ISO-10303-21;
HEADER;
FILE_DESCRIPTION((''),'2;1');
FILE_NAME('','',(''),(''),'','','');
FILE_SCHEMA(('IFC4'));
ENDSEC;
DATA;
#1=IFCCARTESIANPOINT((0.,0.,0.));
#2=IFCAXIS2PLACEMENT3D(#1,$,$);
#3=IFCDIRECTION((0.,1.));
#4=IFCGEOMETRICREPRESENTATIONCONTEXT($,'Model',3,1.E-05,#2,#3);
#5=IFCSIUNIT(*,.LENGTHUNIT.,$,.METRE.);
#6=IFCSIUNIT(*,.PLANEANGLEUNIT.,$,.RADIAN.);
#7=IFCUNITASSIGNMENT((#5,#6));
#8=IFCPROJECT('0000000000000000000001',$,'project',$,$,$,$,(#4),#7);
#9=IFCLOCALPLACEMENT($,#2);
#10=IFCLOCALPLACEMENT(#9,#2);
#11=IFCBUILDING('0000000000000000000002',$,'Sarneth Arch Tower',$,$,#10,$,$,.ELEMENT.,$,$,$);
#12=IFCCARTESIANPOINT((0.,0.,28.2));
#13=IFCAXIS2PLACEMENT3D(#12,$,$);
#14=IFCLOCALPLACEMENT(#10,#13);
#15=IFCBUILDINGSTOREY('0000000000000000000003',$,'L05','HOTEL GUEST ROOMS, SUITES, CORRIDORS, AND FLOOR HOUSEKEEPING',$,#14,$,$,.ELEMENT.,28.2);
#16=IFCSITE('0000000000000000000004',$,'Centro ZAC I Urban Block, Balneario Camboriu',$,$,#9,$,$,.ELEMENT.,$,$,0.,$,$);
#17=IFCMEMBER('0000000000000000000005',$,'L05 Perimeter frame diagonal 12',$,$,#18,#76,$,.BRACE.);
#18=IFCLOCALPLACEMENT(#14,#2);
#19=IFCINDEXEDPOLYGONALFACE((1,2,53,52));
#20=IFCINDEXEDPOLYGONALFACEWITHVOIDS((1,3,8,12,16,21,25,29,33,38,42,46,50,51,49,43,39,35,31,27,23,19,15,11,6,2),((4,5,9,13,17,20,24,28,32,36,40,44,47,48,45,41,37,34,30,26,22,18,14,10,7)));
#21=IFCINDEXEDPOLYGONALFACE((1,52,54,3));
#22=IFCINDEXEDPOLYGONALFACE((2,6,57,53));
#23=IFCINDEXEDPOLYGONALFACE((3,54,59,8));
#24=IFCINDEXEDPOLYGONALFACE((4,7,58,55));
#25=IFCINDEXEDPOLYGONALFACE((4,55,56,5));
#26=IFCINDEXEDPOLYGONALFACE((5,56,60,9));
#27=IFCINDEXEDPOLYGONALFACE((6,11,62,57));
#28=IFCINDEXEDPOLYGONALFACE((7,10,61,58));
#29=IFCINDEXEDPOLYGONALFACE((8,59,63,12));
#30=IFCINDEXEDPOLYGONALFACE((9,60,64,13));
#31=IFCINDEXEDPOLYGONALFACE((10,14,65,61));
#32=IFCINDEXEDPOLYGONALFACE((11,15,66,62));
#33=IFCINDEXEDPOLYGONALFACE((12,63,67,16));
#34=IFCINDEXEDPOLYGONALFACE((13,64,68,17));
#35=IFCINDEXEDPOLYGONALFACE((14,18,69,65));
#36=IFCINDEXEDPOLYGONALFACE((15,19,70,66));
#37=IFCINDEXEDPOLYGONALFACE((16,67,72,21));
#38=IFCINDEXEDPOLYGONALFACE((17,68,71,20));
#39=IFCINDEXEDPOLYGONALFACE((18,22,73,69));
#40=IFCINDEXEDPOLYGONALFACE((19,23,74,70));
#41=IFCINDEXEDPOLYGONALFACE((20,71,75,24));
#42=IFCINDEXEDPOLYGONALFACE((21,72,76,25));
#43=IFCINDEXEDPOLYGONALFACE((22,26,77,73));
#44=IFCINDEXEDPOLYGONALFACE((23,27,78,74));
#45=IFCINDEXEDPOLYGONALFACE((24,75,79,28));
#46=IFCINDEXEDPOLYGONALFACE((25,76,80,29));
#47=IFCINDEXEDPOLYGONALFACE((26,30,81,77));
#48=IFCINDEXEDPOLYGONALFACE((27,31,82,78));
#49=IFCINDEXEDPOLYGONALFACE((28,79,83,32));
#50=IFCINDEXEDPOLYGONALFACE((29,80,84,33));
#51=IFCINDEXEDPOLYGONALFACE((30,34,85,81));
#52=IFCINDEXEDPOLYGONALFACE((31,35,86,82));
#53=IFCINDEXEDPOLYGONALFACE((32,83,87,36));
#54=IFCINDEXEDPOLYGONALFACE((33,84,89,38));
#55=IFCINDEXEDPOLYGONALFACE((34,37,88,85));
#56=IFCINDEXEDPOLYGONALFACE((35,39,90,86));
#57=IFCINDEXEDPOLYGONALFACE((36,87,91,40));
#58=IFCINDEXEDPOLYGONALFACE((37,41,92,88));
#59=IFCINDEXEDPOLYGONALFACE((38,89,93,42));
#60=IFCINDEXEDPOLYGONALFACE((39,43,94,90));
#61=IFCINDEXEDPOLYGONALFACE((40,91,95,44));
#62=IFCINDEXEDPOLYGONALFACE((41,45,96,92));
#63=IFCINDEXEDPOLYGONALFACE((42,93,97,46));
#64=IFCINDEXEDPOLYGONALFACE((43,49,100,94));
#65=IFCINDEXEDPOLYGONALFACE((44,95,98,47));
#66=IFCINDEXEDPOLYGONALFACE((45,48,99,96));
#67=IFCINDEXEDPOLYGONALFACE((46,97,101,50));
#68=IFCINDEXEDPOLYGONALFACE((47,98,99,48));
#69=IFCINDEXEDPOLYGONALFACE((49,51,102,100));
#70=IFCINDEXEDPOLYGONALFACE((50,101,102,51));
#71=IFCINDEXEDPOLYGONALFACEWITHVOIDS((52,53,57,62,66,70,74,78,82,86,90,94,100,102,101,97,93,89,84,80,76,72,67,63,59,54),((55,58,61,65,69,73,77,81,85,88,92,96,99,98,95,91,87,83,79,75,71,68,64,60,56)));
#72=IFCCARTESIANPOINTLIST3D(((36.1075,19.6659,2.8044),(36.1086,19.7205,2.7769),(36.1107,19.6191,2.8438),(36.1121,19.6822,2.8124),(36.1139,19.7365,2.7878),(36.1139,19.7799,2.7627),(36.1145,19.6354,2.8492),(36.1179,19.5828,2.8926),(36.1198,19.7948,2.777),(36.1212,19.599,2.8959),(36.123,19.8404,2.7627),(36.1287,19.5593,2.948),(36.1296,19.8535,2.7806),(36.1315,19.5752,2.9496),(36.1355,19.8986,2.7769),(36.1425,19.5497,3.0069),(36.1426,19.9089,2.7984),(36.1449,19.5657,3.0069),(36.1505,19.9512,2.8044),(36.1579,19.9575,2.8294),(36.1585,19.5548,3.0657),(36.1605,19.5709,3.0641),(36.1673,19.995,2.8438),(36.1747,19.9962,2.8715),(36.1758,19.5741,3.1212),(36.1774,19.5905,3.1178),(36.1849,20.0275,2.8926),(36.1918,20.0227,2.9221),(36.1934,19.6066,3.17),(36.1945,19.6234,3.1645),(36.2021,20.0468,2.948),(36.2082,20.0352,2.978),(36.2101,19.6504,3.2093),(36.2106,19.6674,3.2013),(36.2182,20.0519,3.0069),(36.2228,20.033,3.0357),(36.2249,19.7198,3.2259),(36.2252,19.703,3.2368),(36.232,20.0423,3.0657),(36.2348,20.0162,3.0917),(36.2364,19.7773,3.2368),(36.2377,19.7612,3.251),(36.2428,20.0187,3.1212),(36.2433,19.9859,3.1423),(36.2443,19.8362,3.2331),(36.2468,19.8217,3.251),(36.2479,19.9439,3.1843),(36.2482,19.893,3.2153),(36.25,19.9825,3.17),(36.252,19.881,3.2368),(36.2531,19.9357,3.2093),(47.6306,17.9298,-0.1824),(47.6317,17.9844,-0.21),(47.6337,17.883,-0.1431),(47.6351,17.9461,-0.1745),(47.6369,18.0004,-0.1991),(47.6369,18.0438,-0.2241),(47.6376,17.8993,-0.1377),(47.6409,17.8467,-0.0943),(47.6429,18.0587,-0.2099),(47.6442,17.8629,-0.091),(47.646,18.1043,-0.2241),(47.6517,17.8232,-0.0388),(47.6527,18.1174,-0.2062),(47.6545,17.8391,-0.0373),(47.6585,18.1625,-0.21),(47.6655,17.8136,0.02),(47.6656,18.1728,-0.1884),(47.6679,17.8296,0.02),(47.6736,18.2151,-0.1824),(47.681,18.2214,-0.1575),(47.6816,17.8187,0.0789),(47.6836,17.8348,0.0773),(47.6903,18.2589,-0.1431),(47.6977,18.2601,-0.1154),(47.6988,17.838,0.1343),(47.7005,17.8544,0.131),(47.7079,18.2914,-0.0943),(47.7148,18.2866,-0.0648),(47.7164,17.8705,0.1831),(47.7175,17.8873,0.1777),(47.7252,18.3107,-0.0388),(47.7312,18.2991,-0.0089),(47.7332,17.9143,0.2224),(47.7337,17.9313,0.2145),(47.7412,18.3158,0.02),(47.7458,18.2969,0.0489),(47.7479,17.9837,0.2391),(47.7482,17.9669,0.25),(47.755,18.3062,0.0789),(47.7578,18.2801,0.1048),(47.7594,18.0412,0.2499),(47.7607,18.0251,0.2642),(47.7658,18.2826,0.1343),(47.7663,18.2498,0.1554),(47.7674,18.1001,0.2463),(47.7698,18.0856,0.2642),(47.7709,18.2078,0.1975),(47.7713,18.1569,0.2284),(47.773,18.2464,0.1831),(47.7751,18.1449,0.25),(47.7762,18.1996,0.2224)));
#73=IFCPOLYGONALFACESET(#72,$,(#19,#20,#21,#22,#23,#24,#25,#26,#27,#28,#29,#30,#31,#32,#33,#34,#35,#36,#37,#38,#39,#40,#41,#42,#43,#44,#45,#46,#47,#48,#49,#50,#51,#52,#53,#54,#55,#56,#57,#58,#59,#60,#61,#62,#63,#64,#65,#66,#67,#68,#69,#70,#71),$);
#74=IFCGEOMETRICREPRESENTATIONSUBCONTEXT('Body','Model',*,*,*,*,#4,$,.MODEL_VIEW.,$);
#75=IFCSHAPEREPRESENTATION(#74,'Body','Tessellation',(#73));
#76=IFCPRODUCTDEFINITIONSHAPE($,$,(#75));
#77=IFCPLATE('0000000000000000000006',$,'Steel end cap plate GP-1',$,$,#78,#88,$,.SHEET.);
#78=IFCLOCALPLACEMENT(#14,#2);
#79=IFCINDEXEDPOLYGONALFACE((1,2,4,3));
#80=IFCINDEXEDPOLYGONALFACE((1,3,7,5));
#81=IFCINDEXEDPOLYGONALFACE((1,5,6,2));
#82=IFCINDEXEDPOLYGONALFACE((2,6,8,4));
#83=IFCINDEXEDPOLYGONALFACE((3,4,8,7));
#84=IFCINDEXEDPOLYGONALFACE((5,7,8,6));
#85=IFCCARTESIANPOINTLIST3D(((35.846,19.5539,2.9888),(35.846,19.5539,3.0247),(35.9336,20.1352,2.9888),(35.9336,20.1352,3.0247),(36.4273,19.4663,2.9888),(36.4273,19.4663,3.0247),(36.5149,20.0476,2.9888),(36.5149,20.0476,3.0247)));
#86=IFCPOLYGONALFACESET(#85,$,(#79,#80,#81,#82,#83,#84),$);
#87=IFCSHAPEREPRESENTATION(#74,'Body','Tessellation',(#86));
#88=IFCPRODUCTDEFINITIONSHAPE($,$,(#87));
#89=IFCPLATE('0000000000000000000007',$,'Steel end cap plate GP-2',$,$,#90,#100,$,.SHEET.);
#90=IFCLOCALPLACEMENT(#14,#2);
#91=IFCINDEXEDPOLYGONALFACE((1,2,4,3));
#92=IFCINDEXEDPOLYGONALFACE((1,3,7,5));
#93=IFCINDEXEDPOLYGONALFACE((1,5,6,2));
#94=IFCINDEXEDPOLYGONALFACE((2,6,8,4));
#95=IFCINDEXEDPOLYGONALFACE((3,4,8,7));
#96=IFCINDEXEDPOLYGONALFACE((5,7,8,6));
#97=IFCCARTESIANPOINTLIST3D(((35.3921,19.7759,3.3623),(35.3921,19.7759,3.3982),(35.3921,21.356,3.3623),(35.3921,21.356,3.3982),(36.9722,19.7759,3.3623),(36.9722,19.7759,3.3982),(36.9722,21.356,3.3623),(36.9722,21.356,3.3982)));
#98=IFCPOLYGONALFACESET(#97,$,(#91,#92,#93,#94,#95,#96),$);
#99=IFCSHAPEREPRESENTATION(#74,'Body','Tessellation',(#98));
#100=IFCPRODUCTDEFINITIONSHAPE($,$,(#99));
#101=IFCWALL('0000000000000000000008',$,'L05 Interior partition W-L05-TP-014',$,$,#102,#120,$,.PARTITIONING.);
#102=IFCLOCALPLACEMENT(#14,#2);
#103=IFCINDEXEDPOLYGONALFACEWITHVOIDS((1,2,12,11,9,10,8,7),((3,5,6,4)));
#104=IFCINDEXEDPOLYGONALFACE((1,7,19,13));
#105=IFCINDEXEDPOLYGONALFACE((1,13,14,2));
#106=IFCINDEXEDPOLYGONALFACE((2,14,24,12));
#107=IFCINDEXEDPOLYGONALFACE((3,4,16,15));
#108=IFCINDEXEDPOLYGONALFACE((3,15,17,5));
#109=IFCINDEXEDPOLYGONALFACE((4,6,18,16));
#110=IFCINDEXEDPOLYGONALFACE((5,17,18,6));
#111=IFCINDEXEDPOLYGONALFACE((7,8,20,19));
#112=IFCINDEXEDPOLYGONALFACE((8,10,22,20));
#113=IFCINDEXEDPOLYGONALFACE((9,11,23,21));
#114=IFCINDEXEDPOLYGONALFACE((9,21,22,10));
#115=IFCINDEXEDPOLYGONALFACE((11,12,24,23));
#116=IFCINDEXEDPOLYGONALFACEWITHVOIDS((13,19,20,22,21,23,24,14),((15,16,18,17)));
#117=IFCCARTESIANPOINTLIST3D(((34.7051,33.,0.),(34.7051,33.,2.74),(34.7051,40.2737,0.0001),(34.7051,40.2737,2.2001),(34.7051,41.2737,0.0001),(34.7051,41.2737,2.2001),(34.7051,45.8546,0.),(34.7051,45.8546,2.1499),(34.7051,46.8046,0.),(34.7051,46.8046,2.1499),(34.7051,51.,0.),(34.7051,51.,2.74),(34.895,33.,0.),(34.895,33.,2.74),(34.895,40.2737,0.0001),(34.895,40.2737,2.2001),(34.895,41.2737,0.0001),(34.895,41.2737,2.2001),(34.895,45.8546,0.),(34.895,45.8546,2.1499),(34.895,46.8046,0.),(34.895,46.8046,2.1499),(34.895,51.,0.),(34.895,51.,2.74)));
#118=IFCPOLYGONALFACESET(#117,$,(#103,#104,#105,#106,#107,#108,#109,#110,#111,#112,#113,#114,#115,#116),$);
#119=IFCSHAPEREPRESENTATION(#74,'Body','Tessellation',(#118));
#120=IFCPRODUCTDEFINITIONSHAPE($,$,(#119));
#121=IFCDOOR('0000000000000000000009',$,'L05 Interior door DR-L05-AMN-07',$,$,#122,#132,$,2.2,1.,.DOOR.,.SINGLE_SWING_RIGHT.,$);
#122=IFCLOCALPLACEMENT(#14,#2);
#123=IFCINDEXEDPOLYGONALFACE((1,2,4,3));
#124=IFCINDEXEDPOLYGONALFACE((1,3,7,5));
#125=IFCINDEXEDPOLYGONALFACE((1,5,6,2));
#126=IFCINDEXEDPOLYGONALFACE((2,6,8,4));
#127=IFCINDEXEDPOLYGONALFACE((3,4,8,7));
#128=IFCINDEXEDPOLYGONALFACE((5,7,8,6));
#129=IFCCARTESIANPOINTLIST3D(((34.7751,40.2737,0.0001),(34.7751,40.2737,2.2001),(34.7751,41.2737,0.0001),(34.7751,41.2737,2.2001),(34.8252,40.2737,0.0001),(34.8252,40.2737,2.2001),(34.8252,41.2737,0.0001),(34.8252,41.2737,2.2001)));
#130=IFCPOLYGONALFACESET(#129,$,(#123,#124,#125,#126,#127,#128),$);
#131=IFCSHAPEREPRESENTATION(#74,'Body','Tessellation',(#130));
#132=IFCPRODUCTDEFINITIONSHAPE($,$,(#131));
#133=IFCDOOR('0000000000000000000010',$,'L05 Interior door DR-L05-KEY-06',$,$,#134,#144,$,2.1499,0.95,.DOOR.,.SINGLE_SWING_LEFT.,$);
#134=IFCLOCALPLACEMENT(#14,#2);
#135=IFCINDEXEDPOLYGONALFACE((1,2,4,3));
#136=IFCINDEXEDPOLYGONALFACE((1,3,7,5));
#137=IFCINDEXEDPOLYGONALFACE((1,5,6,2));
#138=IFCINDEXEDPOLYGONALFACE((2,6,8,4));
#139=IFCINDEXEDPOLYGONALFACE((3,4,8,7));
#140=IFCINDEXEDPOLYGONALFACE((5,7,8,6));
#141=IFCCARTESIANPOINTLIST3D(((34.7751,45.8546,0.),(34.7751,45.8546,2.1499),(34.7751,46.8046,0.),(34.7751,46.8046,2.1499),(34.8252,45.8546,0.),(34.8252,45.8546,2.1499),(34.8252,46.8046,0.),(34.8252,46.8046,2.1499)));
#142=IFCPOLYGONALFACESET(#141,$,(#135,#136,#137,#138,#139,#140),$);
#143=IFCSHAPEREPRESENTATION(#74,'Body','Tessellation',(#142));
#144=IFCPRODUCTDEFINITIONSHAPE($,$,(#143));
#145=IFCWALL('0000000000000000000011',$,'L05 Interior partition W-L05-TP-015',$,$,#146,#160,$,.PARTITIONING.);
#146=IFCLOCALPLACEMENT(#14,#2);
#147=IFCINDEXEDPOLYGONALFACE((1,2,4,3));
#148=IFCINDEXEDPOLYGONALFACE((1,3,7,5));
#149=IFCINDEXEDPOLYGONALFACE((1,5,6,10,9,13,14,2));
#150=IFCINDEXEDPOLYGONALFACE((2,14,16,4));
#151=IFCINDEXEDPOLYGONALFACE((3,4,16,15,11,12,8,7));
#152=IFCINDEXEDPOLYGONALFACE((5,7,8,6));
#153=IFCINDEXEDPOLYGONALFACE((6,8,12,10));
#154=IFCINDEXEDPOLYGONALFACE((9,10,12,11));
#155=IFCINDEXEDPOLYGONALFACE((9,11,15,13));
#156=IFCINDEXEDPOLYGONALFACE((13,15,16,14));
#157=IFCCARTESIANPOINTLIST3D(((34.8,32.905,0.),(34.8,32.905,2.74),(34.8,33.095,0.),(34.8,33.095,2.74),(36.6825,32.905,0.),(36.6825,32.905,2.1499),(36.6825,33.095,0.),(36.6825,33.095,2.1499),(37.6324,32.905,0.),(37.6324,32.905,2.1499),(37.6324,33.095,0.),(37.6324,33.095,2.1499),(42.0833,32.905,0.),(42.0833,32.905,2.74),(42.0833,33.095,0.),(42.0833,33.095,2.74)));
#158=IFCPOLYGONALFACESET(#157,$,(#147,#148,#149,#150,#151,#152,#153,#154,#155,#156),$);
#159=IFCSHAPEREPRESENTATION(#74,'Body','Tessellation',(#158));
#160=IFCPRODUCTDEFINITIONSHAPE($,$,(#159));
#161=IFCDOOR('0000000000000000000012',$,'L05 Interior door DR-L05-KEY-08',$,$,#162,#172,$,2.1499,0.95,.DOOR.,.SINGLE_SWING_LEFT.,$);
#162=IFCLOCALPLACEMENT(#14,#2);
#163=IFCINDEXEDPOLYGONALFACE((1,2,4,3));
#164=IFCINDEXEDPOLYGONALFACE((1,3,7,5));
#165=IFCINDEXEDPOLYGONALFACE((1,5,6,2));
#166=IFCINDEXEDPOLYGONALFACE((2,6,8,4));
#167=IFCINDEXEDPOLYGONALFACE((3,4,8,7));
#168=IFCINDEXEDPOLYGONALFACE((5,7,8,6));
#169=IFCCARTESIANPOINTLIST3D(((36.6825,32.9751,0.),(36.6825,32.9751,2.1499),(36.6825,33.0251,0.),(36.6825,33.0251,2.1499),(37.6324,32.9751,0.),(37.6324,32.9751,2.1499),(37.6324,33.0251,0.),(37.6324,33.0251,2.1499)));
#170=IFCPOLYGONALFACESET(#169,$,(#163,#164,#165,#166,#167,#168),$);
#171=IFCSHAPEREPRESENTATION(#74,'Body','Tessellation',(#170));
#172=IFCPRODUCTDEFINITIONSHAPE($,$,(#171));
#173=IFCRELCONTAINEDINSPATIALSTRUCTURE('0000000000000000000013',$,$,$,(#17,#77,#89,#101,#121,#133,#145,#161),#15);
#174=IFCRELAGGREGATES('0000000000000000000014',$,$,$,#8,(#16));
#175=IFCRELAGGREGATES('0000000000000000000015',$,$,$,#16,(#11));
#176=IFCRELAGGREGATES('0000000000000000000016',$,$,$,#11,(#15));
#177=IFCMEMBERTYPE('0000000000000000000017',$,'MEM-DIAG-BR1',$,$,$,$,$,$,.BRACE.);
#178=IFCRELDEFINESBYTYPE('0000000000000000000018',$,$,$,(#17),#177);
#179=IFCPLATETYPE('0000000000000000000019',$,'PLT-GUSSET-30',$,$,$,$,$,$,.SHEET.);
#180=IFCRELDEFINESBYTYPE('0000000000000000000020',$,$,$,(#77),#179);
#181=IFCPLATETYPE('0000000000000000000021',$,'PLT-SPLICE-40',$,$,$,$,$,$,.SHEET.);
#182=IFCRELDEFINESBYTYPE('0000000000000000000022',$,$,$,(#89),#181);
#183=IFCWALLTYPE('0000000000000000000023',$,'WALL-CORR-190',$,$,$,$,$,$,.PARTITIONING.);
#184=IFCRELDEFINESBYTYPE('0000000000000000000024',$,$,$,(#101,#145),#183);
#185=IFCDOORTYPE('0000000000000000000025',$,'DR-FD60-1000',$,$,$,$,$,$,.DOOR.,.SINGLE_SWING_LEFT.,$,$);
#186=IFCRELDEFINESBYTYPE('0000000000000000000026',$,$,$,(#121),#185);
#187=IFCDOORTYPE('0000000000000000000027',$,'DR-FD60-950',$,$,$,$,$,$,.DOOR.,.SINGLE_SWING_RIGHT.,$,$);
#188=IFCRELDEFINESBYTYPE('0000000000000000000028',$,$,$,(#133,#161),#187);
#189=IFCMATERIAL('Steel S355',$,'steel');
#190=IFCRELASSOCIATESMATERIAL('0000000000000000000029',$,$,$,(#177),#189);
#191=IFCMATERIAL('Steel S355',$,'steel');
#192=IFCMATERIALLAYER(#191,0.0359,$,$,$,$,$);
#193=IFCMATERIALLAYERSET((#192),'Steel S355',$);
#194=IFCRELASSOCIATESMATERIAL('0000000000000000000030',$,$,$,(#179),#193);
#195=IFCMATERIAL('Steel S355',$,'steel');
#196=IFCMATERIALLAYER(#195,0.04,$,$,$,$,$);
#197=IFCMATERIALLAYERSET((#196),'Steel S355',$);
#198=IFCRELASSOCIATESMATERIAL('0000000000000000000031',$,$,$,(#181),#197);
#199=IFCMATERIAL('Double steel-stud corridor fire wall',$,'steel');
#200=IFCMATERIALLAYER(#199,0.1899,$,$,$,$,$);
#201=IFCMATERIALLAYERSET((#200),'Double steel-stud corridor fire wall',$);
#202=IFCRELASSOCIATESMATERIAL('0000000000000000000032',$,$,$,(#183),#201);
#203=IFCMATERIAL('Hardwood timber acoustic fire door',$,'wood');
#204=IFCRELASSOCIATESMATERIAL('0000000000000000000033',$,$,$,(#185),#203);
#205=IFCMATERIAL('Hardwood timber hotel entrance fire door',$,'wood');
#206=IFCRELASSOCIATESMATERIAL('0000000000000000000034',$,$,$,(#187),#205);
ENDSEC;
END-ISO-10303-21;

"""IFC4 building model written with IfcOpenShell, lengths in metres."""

from ifc_helpers import new_model, si_unit, direction, frame, frame_2d, origin, origin_2d, place, context, subcontext, project, spatial, rectangle, hollow_circle, extrude, material, layer, layer_set, material_profile, profile_set, type_object, element, fill, save


model = new_model("IFC4")

# Units and contexts
model_context = context("Model", 3, precision=1e-05, world=origin(), true_north=direction((0.0, 1.0)))
body_context = subcontext(model_context, "Body", "Model", "MODEL_VIEW")
ifc_project = project(units=[si_unit("LENGTHUNIT", "METRE"), si_unit("PLANEANGLEUNIT", "RADIAN")], contexts=[model_context])

# Site, building, storey
site_placement = place(None, origin())
site = spatial("IfcSite", under=ifc_project, at=site_placement, Name="Centro ZAC I Urban Block, Balneario Camboriu", CompositionType="ELEMENT", RefElevation=0.0)
building_placement = place(site_placement, origin())
building = spatial("IfcBuilding", under=site, at=building_placement, Name="Sarneth Arch Tower", CompositionType="ELEMENT")
storey_placement = place(building_placement, frame((0.0, 0.0, 28.2)))
storey = spatial("IfcBuildingStorey", under=building, at=storey_placement, Name="L05", Description="HOTEL GUEST ROOMS, SUITES, CORRIDORS, AND FLOOR HOUSEKEEPING", CompositionType="ELEMENT", Elevation=28.2)

# Member
ifc_material_1 = material(Name="Steel S355", Category="steel")
ifc_material_profile_1 = material_profile(ifc_material_1, hollow_circle(Radius=0.2539, WallThickness=0.0161, at=origin_2d()), Name="CHS508x16")
ifc_profile_set_1 = profile_set([ifc_material_profile_1], Name="Steel S355")
member_type_1 = type_object("IfcMemberType", Name="MEM-DIAG-BR1", PredefinedType="BRACE", material=ifc_profile_set_1)
member_1_placement = place(storey_placement, frame((47.7034, 18.0647, 0.02), z_axis=(-0.957876, 0.144317, 0.248287), x_axis=(-0.148982, -0.98884, 0.0)))
element("IfcMember", 1, at=member_1_placement, inside=storey, type_object=member_type_1, Name="L05 Perimeter frame diagonal 12", PredefinedType="BRACE", context=body_context, shape_type="SweptSolid", body=[
    extrude(hollow_circle(Radius=0.2539, WallThickness=0.0161, at=origin_2d()), origin(), (0.0, 0.0, 1.0), 12.0298),
])

# Plates
ifc_material_2 = material(Name="Steel S355", Category="steel")
ifc_layer_1 = layer(ifc_material_2, 0.0359)
ifc_layer_set_1 = layer_set([ifc_layer_1], Name="Steel S355")
plate_type_1 = type_object("IfcPlateType", Name="PLT-GUSSET-30", PredefinedType="SHEET", material=ifc_layer_set_1)
plate_1_placement = place(storey_placement, frame((36.1804, 19.8008, 2.9888), z_axis=(0.0, 0.0, 1.0), x_axis=(0.988835, -0.149018, 0.0)))
element("IfcPlate", 2, at=plate_1_placement, inside=storey, type_object=plate_type_1, Name="Steel end cap plate GP-1", PredefinedType="SHEET", context=body_context, shape_type="SweptSolid", body=[
    extrude(rectangle(XDim=0.5879, YDim=0.5879, at=origin_2d()), origin(), (0.0, 0.0, 1.0), 0.0359),
])
ifc_material_3 = material(Name="Steel S355", Category="steel")
ifc_layer_2 = layer(ifc_material_3, 0.04)
ifc_layer_set_2 = layer_set([ifc_layer_2], Name="Steel S355")
plate_type_2 = type_object("IfcPlateType", Name="PLT-SPLICE-40", PredefinedType="SHEET", material=ifc_layer_set_2)
plate_2_placement = place(storey_placement, frame((36.1821, 20.5659, 3.3623), z_axis=(0.0, 0.0, 1.0), x_axis=(1.0, 0.0, 0.0)))
element("IfcPlate", 3, at=plate_2_placement, inside=storey, type_object=plate_type_2, Name="Steel end cap plate GP-2", PredefinedType="SHEET", context=body_context, shape_type="SweptSolid", body=[
    extrude(rectangle(XDim=1.5801, YDim=1.5801, at=origin_2d()), origin(), (0.0, 0.0, 1.0), 0.0359),
])

# Wall, openings, doors
ifc_material_4 = material(Name="Double steel-stud corridor fire wall", Category="steel")
ifc_layer_3 = layer(ifc_material_4, 0.1899)
ifc_layer_set_3 = layer_set([ifc_layer_3], Name="Double steel-stud corridor fire wall")
wall_type_1 = type_object("IfcWallType", Name="WALL-CORR-190", PredefinedType="PARTITIONING", material=ifc_layer_set_3)
wall_1_placement = place(storey_placement, frame((34.8, 33.0, 0.0), z_axis=(0.0, 0.0, 1.0), x_axis=(0.0, 1.0, 0.0)))
wall_1 = element("IfcWall", 4, at=wall_1_placement, inside=storey, type_object=wall_type_1, Name="L05 Interior partition W-L05-TP-014", PredefinedType="PARTITIONING", context=body_context, shape_type="SweptSolid", body=[
    extrude(rectangle(XDim=18.0, YDim=0.1899, at=frame_2d((9.0, 0.0))), origin(), (0.0, 0.0, 1.0), 2.74),
])
opening_1_placement = place(wall_1_placement, frame((7.2737, 0.0, 0.0)))
opening_1 = element("IfcOpeningElement", 5, at=opening_1_placement, cuts=wall_1, PredefinedType="OPENING", context=body_context, shape_type="SweptSolid", body=[
    extrude(rectangle(XDim=1.0, YDim=2.2, at=frame_2d((0.5, 1.1001))), frame((0.0, 0.105, 0.0), z_axis=(0.0, -1.0, 0.0), x_axis=(1.0, 0.0, 0.0)), (0.0, 0.0, 1.0), 0.21),
])
opening_2_placement = place(wall_1_placement, frame((12.8545, 0.0, 0.0)))
opening_2 = element("IfcOpeningElement", 6, at=opening_2_placement, cuts=wall_1, PredefinedType="OPENING", context=body_context, shape_type="SweptSolid", body=[
    extrude(rectangle(XDim=0.95, YDim=2.1499, at=frame_2d((0.4751, 1.075))), frame((0.0, 0.105, 0.0), z_axis=(0.0, -1.0, 0.0), x_axis=(1.0, 0.0, 0.0)), (0.0, 0.0, 1.0), 0.21),
])
ifc_material_5 = material(Name="Hardwood timber acoustic fire door", Category="wood")
door_type_1 = type_object("IfcDoorType", Name="DR-FD60-1000", OperationType="SINGLE_SWING_LEFT", PredefinedType="DOOR", material=ifc_material_5)
door_1_placement = place(opening_1_placement, origin())
door_1 = element("IfcDoor", 7, at=door_1_placement, inside=storey, type_object=door_type_1, Name="L05 Interior door DR-L05-AMN-07", OperationType="SINGLE_SWING_RIGHT", OverallHeight=2.2, OverallWidth=1.0, PredefinedType="DOOR", context=body_context, shape_type="SweptSolid", body=[
    extrude(rectangle(XDim=1.0, YDim=2.2, at=frame_2d((0.5, 1.1001))), frame((0.0, 0.0249, 0.0), z_axis=(0.0, -1.0, 0.0), x_axis=(1.0, 0.0, 0.0)), (0.0, 0.0, 1.0), 0.05),
])
fill(opening_1, door_1)
ifc_material_6 = material(Name="Hardwood timber hotel entrance fire door", Category="wood")
door_type_2 = type_object("IfcDoorType", Name="DR-FD60-950", OperationType="SINGLE_SWING_RIGHT", PredefinedType="DOOR", material=ifc_material_6)
door_2_placement = place(opening_2_placement, origin())
door_2 = element("IfcDoor", 8, at=door_2_placement, inside=storey, type_object=door_type_2, Name="L05 Interior door DR-L05-KEY-06", OperationType="SINGLE_SWING_LEFT", OverallHeight=2.1499, OverallWidth=0.95, PredefinedType="DOOR", context=body_context, shape_type="SweptSolid", body=[
    extrude(rectangle(XDim=0.95, YDim=2.1499, at=frame_2d((0.4751, 1.075))), frame((0.0, 0.0249, 0.0), z_axis=(0.0, -1.0, 0.0), x_axis=(1.0, 0.0, 0.0)), (0.0, 0.0, 1.0), 0.05),
])
fill(opening_2, door_2)

# Wall, opening, door
wall_2_placement = place(storey_placement, frame((42.0833, 33.0, 0.0), z_axis=(0.0, 0.0, 1.0), x_axis=(-1.0, 0.0, 0.0)))
wall_2 = element("IfcWall", 9, at=wall_2_placement, inside=storey, type_object=wall_type_1, Name="L05 Interior partition W-L05-TP-015", PredefinedType="PARTITIONING", context=body_context, shape_type="SweptSolid", body=[
    extrude(rectangle(XDim=7.2832, YDim=0.1899, at=frame_2d((3.6416, 0.0))), origin(), (0.0, 0.0, 1.0), 2.74),
])
opening_3_placement = place(wall_2_placement, frame((4.4507, 0.0, 0.0)))
opening_3 = element("IfcOpeningElement", 10, at=opening_3_placement, cuts=wall_2, PredefinedType="OPENING", context=body_context, shape_type="SweptSolid", body=[
    extrude(rectangle(XDim=0.95, YDim=2.1499, at=frame_2d((0.4751, 1.075))), frame((0.0, 0.105, 0.0), z_axis=(0.0, -1.0, 0.0), x_axis=(1.0, 0.0, 0.0)), (0.0, 0.0, 1.0), 0.21),
])
door_3_placement = place(opening_3_placement, origin())
door_3 = element("IfcDoor", 11, at=door_3_placement, inside=storey, type_object=door_type_2, Name="L05 Interior door DR-L05-KEY-08", OperationType="SINGLE_SWING_LEFT", OverallHeight=2.1499, OverallWidth=0.95, PredefinedType="DOOR", context=body_context, shape_type="SweptSolid", body=[
    extrude(rectangle(XDim=0.95, YDim=2.1499, at=frame_2d((0.4751, 1.075))), frame((0.0, 0.0249, 0.0), z_axis=(0.0, -1.0, 0.0), x_axis=(1.0, 0.0, 0.0)), (0.0, 0.0, 1.0), 0.05),
])
fill(opening_3, door_3)

save(model, "model.ifc")
